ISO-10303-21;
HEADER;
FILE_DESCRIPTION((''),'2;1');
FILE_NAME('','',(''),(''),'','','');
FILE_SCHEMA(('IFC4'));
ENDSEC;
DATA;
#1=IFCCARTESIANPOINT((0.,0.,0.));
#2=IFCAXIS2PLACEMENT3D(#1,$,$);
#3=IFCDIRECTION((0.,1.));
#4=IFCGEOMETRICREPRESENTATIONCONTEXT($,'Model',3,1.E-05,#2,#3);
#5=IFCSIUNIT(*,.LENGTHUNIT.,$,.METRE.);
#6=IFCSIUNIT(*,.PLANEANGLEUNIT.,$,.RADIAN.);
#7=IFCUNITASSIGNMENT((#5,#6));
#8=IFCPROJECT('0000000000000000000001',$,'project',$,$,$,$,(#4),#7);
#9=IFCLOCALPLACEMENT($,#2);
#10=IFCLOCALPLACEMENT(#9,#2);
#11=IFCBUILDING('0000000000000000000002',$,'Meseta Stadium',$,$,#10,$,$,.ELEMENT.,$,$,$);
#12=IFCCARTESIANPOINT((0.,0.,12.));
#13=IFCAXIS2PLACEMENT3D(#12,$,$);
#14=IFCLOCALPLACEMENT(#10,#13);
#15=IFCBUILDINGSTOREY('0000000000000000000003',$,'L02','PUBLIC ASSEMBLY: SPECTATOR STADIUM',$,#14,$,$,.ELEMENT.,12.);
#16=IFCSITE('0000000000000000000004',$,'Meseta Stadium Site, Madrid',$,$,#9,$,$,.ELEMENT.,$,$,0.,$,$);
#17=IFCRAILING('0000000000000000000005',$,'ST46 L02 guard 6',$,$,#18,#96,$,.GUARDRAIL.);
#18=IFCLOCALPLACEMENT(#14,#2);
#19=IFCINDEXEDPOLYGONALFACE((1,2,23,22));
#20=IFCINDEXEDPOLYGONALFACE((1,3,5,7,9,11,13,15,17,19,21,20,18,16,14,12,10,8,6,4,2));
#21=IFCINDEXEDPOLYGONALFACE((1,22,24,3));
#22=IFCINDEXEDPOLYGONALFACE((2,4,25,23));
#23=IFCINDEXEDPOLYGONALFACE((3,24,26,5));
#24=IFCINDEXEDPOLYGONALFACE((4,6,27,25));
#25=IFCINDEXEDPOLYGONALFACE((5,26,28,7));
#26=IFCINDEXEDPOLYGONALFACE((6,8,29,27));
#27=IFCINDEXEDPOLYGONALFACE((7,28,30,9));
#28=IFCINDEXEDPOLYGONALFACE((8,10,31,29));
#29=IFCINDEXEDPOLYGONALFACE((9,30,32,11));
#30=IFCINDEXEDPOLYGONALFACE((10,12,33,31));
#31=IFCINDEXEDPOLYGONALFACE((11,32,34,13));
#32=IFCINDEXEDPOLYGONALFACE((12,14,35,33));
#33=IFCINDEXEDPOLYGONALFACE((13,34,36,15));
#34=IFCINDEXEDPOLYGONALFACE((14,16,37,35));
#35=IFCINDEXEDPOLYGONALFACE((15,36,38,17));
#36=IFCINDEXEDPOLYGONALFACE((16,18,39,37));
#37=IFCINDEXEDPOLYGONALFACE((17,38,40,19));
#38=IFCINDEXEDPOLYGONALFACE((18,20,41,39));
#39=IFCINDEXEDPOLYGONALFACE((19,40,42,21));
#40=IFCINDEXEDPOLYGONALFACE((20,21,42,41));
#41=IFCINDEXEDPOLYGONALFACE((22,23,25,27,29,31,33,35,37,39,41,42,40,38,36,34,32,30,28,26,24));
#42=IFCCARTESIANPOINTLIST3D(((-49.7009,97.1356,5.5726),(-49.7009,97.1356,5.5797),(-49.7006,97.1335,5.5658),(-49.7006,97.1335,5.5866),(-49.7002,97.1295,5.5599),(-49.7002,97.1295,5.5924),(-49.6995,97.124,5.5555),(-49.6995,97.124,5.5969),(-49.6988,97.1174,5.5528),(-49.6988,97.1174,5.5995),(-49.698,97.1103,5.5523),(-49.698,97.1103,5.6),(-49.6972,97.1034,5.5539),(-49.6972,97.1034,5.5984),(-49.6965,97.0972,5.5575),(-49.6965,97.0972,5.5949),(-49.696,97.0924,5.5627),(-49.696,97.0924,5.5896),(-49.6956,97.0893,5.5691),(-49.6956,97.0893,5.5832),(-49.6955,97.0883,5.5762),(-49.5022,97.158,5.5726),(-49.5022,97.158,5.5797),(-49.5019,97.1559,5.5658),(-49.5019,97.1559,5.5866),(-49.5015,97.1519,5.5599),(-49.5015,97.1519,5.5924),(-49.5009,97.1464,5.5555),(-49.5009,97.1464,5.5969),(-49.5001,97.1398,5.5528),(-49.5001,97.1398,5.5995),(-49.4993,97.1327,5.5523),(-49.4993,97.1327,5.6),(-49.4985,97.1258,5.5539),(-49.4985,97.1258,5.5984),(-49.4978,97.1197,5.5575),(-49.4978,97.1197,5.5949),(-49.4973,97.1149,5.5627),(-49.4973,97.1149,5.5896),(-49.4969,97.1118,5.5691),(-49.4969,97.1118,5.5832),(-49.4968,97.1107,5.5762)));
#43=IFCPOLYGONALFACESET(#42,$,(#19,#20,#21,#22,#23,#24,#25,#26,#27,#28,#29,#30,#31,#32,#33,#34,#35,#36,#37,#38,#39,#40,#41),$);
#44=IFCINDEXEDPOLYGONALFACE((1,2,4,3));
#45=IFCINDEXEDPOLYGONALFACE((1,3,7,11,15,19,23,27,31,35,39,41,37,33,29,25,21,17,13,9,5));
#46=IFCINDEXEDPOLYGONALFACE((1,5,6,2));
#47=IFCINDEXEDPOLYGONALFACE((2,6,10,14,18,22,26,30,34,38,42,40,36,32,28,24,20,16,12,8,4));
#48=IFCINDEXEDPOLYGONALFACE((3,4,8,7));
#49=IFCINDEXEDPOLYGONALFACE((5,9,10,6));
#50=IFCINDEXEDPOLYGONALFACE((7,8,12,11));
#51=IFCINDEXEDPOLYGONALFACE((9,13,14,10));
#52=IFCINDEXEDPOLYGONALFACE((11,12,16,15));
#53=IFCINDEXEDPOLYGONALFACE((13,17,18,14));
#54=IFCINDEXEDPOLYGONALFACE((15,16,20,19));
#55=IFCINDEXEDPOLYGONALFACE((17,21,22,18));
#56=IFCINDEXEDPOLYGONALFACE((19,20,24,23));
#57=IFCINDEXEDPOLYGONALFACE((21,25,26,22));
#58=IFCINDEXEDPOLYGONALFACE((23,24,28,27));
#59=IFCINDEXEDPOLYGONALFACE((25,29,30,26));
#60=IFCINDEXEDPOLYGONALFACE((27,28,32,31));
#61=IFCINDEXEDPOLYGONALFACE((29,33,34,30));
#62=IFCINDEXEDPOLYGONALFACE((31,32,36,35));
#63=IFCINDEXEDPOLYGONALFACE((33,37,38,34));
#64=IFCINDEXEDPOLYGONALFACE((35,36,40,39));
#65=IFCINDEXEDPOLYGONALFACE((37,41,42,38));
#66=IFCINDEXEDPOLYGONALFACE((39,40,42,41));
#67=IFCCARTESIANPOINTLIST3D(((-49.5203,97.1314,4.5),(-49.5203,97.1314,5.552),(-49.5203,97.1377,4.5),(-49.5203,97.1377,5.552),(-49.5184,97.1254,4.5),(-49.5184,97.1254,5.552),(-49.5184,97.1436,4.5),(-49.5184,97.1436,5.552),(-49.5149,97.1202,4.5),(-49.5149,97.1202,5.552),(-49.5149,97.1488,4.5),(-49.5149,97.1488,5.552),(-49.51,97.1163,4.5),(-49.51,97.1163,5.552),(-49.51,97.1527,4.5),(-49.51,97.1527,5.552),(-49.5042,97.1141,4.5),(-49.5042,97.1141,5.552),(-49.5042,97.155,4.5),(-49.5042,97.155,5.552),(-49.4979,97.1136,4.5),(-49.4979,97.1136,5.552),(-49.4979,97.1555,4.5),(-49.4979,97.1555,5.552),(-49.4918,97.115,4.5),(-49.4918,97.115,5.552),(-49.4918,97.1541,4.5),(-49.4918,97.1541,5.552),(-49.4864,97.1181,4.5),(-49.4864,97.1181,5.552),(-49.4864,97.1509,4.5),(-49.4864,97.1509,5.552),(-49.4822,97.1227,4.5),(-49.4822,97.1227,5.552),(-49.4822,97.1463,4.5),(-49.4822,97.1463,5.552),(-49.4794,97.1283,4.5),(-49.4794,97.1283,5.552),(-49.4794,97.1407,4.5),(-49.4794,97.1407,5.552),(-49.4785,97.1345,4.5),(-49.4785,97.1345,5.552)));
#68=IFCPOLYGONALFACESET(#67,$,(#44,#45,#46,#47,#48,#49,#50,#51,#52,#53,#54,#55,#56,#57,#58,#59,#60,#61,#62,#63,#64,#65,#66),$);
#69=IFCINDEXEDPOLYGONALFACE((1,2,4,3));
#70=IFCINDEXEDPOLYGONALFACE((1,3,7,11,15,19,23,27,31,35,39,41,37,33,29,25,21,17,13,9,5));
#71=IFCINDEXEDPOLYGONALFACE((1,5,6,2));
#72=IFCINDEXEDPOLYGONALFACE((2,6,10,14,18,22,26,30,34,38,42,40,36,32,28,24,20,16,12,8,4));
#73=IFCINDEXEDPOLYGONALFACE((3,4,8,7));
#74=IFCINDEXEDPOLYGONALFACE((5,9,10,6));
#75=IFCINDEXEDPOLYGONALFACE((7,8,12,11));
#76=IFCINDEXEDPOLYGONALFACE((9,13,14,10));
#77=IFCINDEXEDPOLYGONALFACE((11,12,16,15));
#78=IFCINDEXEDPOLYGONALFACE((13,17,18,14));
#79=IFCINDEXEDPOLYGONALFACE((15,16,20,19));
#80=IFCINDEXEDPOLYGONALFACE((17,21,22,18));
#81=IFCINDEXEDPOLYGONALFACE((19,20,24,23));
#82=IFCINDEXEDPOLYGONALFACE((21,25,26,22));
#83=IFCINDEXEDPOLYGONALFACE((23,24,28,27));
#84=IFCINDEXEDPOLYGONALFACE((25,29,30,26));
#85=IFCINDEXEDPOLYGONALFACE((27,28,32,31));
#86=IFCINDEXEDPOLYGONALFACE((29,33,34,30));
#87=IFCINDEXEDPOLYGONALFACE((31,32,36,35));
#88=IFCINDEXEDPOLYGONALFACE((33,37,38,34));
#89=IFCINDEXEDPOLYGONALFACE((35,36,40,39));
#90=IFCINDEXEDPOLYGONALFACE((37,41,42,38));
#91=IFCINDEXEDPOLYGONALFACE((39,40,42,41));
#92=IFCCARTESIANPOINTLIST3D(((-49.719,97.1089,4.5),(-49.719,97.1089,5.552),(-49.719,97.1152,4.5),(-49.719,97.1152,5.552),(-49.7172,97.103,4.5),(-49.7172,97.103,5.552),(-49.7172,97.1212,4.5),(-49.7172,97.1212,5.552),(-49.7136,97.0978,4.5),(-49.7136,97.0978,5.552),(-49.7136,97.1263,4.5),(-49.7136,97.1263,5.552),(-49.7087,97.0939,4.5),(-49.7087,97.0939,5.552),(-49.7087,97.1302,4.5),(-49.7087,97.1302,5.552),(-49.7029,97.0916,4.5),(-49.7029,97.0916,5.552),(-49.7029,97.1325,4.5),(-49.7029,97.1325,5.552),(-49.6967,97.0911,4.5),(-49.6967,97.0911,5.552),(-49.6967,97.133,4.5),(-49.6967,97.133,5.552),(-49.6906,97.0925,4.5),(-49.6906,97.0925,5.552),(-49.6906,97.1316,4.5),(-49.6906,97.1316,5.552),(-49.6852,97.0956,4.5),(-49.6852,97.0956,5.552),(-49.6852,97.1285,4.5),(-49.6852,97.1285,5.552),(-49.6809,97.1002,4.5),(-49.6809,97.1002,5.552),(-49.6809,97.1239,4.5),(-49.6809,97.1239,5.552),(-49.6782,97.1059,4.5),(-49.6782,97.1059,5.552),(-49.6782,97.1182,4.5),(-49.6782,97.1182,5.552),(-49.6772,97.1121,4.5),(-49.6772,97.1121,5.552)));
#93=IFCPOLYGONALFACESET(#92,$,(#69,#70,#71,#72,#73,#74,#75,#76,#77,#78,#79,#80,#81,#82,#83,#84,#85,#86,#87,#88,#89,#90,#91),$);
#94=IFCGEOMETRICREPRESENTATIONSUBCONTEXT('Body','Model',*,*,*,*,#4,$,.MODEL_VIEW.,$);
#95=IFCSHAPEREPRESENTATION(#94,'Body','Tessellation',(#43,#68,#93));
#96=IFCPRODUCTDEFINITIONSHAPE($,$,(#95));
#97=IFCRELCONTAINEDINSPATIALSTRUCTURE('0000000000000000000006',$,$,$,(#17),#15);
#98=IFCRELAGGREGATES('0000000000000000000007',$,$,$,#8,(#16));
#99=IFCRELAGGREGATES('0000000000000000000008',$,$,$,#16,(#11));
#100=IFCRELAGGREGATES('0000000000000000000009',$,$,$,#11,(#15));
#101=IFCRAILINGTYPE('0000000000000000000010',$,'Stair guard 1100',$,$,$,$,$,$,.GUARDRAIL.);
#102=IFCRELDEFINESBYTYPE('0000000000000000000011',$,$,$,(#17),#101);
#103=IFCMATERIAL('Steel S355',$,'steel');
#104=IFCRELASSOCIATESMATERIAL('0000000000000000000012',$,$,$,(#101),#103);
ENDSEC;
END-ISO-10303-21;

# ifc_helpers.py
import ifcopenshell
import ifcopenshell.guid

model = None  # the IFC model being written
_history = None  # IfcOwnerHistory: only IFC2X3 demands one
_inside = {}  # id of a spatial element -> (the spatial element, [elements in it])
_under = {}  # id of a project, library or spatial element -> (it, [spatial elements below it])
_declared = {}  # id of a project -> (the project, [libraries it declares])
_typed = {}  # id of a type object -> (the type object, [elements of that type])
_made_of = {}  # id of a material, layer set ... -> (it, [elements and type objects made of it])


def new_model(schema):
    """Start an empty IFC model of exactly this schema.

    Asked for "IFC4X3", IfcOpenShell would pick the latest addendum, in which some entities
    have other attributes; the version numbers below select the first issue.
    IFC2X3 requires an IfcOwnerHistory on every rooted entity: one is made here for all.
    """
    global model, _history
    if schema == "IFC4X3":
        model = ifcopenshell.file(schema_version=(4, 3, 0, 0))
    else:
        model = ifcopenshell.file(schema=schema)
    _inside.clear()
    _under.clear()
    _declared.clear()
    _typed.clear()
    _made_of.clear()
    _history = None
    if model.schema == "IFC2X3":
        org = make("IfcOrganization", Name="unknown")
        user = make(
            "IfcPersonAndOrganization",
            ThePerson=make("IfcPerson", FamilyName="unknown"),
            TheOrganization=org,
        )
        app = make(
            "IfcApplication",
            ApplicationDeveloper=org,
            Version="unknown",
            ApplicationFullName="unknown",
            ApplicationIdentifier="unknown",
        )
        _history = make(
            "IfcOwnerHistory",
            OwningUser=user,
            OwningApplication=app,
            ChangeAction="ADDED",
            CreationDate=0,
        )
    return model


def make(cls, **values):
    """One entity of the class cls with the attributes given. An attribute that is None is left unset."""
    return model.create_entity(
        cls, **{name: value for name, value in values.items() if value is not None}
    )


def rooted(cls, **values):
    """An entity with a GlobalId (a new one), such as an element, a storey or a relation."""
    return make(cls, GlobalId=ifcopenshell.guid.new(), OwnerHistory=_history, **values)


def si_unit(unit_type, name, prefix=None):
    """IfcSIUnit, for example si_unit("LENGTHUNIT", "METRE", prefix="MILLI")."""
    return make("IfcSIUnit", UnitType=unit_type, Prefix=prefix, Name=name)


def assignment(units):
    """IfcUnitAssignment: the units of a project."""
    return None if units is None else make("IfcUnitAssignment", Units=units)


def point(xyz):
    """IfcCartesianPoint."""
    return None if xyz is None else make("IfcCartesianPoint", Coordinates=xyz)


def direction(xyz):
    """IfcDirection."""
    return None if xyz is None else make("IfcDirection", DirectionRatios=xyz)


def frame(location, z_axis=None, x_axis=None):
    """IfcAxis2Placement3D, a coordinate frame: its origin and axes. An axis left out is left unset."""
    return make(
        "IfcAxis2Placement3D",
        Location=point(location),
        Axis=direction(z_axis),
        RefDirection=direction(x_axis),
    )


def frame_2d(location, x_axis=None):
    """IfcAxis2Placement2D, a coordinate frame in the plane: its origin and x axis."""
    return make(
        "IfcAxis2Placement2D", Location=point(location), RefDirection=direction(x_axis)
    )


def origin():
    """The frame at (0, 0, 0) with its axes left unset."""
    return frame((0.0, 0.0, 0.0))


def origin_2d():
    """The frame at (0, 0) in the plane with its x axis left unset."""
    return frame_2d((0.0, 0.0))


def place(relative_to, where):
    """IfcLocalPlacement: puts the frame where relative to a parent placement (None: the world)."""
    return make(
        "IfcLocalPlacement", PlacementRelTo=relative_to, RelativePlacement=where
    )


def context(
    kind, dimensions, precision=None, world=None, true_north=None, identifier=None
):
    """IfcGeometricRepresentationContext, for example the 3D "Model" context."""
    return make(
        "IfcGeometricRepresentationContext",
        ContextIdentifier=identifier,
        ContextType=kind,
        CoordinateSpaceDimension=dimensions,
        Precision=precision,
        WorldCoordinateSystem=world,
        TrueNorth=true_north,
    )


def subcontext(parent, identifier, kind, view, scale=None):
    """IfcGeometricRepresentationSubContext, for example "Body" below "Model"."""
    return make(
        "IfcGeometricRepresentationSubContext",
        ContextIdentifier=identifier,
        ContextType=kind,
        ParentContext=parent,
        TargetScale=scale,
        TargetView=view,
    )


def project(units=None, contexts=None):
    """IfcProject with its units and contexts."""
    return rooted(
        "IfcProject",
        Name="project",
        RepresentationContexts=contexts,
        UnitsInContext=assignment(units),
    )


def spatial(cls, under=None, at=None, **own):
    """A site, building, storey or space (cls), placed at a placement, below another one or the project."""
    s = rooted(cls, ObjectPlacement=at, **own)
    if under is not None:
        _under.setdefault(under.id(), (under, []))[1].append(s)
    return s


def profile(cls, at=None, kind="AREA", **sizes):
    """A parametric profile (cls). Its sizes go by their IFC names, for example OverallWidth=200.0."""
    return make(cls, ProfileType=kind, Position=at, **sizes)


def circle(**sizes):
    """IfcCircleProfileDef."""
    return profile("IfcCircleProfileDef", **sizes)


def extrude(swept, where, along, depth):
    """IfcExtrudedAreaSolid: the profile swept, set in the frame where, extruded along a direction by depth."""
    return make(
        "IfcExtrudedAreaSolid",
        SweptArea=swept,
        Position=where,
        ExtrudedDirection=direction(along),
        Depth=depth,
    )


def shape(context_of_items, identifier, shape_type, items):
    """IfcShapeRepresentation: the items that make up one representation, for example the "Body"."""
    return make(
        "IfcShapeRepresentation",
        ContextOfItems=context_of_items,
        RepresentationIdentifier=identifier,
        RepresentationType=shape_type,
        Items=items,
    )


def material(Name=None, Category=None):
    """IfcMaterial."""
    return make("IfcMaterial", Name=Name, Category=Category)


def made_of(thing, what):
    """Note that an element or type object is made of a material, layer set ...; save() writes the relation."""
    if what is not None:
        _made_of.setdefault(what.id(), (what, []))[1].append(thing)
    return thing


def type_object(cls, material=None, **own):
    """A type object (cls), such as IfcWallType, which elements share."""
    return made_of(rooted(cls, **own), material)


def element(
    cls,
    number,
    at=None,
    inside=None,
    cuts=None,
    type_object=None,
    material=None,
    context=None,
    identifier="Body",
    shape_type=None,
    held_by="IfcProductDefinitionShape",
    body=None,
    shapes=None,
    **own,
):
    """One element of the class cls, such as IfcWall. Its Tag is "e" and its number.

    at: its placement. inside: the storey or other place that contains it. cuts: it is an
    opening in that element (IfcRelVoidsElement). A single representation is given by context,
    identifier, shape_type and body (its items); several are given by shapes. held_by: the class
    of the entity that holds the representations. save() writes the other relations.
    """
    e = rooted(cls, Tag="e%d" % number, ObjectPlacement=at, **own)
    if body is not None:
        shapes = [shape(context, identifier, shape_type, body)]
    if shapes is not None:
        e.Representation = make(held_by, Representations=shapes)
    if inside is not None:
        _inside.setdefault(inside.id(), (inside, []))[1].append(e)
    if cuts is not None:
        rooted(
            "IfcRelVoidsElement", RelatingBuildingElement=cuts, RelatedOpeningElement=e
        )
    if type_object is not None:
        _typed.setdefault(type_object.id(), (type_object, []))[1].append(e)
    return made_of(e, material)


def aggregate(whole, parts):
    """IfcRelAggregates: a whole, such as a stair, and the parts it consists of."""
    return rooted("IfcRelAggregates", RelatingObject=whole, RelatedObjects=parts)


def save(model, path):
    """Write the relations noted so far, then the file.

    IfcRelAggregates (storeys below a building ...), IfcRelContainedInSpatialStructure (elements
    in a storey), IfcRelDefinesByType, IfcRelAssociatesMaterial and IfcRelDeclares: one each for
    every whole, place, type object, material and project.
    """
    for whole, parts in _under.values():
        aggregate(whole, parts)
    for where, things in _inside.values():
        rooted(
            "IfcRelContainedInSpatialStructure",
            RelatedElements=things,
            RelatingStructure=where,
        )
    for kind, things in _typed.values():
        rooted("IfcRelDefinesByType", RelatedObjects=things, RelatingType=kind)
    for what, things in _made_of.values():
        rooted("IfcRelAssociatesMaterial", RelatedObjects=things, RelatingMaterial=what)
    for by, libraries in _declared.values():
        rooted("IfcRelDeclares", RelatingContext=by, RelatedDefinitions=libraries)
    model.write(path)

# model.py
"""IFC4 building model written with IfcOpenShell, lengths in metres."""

from ifc_helpers import new_model, si_unit, direction, frame, origin, origin_2d, place, context, subcontext, project, spatial, circle, extrude, material, type_object, element, save


model = new_model("IFC4")

# Units and contexts
model_context = context("Model", 3, precision=1e-05, world=origin(), true_north=direction((0.0, 1.0)))
body_context = subcontext(model_context, "Body", "Model", "MODEL_VIEW")
ifc_project = project(units=[si_unit("LENGTHUNIT", "METRE"), si_unit("PLANEANGLEUNIT", "RADIAN")], contexts=[model_context])

# Site, building, storey
site_placement = place(None, origin())
site = spatial("IfcSite", under=ifc_project, at=site_placement, Name="Meseta Stadium Site, Madrid", CompositionType="ELEMENT", RefElevation=0.0)
building_placement = place(site_placement, origin())
building = spatial("IfcBuilding", under=site, at=building_placement, Name="Meseta Stadium", CompositionType="ELEMENT")
storey_placement = place(building_placement, frame((0.0, 0.0, 12.0)))
storey = spatial("IfcBuildingStorey", under=building, at=storey_placement, Name="L02", Description="PUBLIC ASSEMBLY: SPECTATOR STADIUM", CompositionType="ELEMENT", Elevation=12.0)

# Railing
ifc_material_1 = material(Name="Steel S355", Category="steel")
railing_type_1 = type_object("IfcRailingType", Name="Stair guard 1100", PredefinedType="GUARDRAIL", material=ifc_material_1)
railing_1_placement = place(storey_placement, frame((-49.4995, 97.1345, 4.5)))
element("IfcRailing", 1, at=railing_1_placement, inside=storey, type_object=railing_type_1, Name="ST46 L02 guard 6", PredefinedType="GUARDRAIL", context=body_context, shape_type="SweptSolid", body=[
    extrude(circle(Radius=0.0239, at=origin_2d()), frame((0.0, 0.0, 1.0762), z_axis=(-0.993674, -0.112307, 0.0), x_axis=(0.112307, -0.993674, 0.0)), (0.0, 0.0, 1.0), 0.2),
    extrude(circle(Radius=0.021, at=origin_2d()), origin(), (0.0, 0.0, 1.0), 1.052),
    extrude(circle(Radius=0.021, at=origin_2d()), frame((-0.1987, -0.0225, 0.0)), (0.0, 0.0, 1.0), 1.052),
])

save(model, "model.ifc")
